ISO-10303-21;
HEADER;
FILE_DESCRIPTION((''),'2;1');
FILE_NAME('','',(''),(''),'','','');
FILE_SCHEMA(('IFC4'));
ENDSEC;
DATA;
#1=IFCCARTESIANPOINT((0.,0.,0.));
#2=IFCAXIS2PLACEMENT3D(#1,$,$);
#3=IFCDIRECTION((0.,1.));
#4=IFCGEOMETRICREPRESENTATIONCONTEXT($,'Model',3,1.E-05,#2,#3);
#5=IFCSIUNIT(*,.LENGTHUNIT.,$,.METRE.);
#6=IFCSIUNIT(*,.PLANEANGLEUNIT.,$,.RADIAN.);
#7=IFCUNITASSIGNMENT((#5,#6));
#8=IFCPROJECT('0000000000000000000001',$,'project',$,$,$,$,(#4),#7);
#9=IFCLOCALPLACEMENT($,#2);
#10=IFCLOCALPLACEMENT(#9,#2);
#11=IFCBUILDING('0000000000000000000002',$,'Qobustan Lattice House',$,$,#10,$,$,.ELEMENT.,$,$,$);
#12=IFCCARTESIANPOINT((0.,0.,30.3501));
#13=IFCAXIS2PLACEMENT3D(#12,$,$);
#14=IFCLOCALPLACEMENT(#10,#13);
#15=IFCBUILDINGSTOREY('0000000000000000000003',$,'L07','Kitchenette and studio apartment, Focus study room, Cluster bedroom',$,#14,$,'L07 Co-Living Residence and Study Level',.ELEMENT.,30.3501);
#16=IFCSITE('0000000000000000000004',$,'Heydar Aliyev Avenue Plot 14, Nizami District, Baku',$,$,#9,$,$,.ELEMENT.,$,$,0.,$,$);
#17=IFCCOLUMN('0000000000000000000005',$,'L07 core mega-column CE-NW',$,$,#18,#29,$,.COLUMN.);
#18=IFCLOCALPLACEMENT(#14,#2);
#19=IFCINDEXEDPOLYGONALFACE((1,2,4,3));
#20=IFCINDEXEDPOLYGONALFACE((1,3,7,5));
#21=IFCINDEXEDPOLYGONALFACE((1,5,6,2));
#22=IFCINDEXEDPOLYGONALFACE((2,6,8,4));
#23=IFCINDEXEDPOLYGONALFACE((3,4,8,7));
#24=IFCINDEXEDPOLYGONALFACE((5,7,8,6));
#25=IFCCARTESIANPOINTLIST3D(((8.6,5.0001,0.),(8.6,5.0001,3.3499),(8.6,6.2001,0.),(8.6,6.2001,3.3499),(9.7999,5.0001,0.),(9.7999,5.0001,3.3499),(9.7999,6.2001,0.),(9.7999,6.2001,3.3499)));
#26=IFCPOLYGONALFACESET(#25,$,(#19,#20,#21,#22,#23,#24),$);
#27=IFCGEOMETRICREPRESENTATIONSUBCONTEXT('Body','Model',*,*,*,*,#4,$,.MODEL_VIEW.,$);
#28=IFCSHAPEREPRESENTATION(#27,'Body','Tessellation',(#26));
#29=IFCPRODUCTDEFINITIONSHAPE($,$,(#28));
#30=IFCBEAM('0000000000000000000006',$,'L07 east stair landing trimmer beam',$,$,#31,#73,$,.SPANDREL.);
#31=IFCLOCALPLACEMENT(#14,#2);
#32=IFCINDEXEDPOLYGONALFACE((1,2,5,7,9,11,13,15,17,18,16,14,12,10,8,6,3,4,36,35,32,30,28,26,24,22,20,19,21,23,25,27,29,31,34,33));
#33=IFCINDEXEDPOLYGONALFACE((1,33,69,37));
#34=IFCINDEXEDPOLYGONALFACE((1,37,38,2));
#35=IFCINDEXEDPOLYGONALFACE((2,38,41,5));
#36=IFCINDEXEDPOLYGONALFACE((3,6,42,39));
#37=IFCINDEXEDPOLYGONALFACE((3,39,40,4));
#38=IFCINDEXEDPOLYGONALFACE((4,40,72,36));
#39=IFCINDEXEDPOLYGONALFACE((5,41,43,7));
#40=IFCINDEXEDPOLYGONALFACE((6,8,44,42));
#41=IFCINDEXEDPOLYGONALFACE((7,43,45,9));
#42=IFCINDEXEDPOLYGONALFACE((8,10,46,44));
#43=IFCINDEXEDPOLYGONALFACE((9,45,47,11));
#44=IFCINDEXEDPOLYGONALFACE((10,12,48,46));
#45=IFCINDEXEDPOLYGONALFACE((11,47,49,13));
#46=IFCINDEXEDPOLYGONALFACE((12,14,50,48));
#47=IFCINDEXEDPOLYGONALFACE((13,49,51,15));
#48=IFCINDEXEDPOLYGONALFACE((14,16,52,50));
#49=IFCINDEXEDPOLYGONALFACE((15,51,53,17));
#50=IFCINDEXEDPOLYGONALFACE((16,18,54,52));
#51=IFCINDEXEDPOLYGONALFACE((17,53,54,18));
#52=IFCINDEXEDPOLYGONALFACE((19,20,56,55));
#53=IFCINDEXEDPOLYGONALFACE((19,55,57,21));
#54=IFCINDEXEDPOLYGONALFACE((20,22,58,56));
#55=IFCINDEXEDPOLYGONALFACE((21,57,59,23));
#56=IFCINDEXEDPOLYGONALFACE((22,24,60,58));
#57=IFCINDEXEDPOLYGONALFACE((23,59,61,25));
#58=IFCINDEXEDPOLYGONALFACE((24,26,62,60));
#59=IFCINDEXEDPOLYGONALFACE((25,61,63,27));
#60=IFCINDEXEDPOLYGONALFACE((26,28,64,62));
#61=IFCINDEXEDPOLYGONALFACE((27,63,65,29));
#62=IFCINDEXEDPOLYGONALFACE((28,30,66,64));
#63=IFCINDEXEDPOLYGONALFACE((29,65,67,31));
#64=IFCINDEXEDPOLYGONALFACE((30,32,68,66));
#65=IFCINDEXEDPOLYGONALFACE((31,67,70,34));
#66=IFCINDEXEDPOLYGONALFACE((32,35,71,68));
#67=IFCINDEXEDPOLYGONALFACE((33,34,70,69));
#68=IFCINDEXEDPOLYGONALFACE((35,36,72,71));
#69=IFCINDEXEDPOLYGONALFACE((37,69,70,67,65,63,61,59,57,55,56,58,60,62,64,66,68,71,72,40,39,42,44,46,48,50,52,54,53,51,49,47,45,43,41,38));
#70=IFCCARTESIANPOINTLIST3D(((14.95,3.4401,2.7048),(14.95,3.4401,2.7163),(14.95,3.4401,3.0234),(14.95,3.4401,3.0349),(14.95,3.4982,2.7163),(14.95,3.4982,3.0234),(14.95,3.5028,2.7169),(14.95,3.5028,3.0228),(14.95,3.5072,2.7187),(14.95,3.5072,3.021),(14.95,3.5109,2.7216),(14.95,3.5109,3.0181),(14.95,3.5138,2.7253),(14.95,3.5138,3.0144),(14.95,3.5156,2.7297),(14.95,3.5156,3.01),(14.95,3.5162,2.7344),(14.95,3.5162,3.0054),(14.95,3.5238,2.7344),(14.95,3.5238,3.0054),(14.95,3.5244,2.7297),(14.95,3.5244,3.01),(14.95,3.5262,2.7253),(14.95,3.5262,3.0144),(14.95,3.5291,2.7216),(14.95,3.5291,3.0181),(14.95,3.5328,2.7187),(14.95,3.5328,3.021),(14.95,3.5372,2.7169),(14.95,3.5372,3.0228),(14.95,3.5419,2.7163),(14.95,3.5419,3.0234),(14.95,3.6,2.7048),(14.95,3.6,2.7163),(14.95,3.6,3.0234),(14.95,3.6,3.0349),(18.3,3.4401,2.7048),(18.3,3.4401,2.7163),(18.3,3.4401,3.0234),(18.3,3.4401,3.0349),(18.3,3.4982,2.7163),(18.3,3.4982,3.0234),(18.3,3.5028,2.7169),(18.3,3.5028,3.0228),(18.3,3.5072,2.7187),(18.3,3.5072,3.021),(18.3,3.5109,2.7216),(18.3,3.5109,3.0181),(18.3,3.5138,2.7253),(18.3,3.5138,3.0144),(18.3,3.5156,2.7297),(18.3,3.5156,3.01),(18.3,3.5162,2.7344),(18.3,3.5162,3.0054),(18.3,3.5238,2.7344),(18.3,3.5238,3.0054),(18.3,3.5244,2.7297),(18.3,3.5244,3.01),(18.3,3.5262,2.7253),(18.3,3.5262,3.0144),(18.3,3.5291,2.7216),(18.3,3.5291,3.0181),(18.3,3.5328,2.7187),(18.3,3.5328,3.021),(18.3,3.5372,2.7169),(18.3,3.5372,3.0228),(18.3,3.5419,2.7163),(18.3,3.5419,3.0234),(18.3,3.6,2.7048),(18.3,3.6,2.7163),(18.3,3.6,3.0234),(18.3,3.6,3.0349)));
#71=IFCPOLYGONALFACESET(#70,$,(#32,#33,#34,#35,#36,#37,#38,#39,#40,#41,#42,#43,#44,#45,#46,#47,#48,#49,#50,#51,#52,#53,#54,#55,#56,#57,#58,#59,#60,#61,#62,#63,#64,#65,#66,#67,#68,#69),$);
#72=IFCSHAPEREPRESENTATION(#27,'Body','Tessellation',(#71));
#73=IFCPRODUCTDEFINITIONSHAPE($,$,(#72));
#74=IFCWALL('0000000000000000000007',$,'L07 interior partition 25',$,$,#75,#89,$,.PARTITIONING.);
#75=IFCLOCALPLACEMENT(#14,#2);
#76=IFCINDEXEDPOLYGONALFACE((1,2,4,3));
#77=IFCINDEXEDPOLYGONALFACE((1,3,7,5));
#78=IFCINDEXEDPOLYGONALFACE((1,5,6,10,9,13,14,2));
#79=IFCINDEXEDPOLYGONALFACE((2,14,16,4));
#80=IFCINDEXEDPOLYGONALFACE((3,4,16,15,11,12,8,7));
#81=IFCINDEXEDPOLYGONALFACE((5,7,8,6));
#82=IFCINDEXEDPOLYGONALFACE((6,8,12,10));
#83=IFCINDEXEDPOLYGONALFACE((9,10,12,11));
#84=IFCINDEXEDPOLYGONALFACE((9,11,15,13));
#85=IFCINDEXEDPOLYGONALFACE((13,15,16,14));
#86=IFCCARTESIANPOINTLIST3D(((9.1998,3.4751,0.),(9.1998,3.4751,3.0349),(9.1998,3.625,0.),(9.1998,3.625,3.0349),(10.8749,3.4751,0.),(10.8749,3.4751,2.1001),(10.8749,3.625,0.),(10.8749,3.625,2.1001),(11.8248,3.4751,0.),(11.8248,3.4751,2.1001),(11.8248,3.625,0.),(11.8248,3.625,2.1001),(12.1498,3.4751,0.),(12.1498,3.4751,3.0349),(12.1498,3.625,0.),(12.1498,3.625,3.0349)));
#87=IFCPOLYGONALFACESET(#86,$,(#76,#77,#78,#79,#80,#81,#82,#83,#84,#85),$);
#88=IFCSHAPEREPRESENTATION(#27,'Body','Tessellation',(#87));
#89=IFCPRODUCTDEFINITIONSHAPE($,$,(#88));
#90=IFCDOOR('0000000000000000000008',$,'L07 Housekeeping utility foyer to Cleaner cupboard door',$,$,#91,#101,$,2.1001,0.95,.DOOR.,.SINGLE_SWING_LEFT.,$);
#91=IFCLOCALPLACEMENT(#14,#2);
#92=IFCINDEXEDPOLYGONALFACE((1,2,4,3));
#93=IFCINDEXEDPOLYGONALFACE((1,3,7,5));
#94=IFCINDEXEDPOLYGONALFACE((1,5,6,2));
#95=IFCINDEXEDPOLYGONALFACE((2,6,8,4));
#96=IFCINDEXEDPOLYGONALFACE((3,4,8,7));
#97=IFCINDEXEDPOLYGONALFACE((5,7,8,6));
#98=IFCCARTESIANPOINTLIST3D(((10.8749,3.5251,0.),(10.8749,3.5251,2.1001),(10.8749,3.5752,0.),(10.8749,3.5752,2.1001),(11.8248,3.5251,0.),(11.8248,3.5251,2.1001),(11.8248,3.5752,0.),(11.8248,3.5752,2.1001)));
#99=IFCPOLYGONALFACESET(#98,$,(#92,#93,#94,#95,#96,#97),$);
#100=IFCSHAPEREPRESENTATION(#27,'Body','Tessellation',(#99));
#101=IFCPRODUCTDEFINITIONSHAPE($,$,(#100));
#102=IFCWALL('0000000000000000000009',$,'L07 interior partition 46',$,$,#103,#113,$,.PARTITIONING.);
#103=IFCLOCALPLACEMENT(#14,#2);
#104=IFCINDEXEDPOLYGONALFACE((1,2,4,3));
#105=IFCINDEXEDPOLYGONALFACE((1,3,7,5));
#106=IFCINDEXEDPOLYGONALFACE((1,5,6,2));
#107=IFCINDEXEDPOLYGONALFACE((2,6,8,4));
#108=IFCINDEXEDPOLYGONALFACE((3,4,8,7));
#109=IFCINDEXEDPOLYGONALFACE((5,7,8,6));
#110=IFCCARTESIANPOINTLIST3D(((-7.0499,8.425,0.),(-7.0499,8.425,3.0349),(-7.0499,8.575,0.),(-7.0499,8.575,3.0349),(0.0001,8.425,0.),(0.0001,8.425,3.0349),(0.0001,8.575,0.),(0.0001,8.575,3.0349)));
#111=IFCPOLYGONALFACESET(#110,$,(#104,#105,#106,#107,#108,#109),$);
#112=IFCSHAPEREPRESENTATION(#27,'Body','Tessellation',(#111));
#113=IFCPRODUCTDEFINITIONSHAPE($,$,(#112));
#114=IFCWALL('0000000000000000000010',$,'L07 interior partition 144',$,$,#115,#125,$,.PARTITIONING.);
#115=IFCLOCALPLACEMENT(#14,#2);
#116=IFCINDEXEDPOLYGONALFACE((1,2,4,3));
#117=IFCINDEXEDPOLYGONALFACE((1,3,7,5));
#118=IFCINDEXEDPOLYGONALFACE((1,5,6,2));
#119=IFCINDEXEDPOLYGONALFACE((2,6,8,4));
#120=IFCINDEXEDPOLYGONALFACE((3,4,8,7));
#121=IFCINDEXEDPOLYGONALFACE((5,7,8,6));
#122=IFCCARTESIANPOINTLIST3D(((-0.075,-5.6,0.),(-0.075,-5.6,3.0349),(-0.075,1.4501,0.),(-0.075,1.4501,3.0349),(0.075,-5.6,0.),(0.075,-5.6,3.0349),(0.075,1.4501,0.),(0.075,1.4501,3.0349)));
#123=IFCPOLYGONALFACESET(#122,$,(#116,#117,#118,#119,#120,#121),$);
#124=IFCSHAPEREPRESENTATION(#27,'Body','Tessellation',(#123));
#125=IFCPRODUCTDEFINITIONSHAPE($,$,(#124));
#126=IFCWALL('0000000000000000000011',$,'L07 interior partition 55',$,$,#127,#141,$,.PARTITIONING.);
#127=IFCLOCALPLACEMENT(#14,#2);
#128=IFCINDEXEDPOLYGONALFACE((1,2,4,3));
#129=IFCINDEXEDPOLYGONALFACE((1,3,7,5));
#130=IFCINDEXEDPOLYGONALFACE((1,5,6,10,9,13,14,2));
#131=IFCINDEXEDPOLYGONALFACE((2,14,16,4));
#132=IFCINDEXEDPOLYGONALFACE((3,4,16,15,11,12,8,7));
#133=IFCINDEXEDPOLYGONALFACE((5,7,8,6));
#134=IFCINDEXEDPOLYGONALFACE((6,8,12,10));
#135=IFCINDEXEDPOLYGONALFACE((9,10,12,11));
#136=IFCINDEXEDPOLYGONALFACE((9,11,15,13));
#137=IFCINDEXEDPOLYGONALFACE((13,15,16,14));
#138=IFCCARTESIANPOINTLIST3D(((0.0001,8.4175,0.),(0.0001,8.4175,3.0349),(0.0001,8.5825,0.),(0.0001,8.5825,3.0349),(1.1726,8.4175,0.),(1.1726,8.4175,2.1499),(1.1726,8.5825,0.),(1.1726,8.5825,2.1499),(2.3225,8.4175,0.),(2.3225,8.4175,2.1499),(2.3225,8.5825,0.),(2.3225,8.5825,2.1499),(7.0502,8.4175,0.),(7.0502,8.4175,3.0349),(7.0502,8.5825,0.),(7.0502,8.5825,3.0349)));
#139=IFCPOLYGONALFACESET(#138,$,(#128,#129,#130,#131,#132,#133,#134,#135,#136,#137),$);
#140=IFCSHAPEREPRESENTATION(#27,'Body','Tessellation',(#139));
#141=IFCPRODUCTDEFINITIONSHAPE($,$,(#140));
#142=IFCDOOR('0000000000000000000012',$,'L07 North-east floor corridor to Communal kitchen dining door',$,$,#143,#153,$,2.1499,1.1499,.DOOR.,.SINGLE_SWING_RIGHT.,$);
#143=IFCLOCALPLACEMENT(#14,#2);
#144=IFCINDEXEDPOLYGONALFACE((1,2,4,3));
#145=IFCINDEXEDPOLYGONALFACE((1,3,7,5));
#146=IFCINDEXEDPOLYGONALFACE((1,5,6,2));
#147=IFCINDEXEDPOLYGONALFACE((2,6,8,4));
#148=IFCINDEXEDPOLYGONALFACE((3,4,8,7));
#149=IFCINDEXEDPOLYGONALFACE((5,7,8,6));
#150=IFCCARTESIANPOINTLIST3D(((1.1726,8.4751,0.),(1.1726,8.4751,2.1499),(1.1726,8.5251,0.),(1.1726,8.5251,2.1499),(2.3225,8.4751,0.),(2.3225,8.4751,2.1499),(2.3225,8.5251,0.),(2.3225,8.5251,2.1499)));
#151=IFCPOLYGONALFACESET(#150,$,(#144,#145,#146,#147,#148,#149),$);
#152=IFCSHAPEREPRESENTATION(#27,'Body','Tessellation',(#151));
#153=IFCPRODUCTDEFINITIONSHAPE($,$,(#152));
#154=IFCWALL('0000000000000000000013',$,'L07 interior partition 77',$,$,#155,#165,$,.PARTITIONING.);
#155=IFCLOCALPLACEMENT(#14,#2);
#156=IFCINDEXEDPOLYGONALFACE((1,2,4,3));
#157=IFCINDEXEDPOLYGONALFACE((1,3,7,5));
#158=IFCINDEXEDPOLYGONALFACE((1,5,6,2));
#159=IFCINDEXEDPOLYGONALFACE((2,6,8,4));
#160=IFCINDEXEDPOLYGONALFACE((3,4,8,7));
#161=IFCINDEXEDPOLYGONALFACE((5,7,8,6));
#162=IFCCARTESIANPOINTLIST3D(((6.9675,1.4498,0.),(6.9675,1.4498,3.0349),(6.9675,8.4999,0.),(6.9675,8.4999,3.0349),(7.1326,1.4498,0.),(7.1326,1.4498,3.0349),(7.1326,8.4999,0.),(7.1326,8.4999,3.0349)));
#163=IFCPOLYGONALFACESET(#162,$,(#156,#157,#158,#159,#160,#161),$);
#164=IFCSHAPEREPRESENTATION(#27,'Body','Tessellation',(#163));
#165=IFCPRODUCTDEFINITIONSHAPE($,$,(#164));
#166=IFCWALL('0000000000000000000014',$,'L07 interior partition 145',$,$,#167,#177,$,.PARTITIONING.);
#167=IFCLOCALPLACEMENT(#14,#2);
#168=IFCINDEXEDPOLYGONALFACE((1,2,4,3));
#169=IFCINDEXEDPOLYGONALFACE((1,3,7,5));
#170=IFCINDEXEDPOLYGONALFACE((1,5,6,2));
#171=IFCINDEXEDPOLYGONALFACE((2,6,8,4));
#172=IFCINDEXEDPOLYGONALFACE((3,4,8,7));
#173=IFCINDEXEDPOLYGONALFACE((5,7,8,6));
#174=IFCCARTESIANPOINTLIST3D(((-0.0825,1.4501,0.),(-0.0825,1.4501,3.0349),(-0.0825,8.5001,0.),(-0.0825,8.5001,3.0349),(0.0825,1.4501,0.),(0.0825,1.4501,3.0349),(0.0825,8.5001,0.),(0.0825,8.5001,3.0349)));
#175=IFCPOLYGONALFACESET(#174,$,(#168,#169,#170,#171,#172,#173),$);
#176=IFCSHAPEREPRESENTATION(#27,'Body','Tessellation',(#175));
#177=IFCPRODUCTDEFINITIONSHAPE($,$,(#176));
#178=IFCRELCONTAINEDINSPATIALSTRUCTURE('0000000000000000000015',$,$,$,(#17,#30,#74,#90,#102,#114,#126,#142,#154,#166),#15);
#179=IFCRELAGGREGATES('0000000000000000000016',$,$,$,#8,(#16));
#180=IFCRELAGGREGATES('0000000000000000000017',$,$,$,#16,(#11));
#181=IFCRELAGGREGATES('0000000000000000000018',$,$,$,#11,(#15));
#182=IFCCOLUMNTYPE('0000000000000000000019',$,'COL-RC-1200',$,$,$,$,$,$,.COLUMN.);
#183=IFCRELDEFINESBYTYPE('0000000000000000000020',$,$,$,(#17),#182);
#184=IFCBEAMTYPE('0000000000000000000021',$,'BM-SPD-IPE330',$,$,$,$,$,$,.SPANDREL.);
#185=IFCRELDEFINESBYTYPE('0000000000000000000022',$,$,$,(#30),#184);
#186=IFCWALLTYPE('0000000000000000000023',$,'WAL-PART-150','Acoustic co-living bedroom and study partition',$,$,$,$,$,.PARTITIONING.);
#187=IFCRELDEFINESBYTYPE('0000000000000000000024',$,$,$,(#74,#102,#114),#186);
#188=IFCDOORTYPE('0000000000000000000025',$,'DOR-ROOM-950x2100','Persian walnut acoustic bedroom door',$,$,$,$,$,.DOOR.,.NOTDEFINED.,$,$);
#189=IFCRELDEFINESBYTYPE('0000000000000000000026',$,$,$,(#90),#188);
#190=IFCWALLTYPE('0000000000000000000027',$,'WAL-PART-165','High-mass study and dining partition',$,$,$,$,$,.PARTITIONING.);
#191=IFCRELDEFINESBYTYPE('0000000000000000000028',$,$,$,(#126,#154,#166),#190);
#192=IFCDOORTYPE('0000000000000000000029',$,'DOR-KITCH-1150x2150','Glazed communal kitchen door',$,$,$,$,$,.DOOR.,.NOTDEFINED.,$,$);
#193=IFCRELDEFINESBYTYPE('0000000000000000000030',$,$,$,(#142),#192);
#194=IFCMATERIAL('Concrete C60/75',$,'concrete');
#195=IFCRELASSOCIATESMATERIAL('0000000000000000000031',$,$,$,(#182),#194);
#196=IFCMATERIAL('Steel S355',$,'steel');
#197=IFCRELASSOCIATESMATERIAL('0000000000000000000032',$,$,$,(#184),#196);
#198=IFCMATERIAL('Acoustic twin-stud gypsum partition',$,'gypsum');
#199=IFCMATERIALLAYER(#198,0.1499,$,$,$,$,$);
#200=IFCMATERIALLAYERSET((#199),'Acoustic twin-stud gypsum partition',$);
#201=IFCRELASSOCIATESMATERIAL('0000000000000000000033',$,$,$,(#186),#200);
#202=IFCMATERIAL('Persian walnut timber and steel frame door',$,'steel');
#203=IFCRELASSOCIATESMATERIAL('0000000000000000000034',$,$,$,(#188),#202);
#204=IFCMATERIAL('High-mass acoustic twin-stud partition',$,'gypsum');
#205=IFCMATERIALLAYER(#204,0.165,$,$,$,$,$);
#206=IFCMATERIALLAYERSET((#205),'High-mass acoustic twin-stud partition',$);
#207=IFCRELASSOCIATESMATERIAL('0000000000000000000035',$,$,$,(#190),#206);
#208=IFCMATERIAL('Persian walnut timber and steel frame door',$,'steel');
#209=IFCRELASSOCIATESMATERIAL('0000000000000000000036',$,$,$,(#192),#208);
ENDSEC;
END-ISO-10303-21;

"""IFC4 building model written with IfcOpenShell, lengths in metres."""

from ifc_helpers import new_model, si_unit, direction, frame, frame_2d, origin, origin_2d, place, context, subcontext, project, spatial, rectangle, i_section, extrude, material, layer, layer_set, material_profile, profile_set, type_object, element, fill, save


model = new_model("IFC4")

# Units and contexts
model_context = context("Model", 3, precision=1e-05, world=origin(), true_north=direction((0.0, 1.0)))
body_context = subcontext(model_context, "Body", "Model", "MODEL_VIEW")
ifc_project = project(units=[si_unit("LENGTHUNIT", "METRE"), si_unit("PLANEANGLEUNIT", "RADIAN")], contexts=[model_context])

# Site, building, storey
site_placement = place(None, origin())
site = spatial("IfcSite", under=ifc_project, at=site_placement, Name="Heydar Aliyev Avenue Plot 14, Nizami District, Baku", CompositionType="ELEMENT", RefElevation=0.0)
building_placement = place(site_placement, origin())
building = spatial("IfcBuilding", under=site, at=building_placement, Name="Qobustan Lattice House", CompositionType="ELEMENT")
storey_placement = place(building_placement, frame((0.0, 0.0, 30.3501)))
storey = spatial("IfcBuildingStorey", under=building, at=storey_placement, Name="L07", Description="Kitchenette and studio apartment, Focus study room, Cluster bedroom", LongName="L07 Co-Living Residence and Study Level", CompositionType="ELEMENT", Elevation=30.3501)

# Column
ifc_material_1 = material(Name="Concrete C60/75", Category="concrete")
ifc_material_profile_1 = material_profile(ifc_material_1, rectangle(XDim=1.2, YDim=1.2, at=origin_2d()), Name="RC1200x1200")
ifc_profile_set_1 = profile_set([ifc_material_profile_1], Name="Concrete C60/75")
column_type = type_object("IfcColumnType", Name="COL-RC-1200", PredefinedType="COLUMN", material=ifc_profile_set_1)
column_placement = place(storey_placement, frame((9.2, 5.6001, 0.0), z_axis=(0.0, 0.0, 1.0), x_axis=(1.0, 0.0, 0.0)))
element("IfcColumn", 1, at=column_placement, inside=storey, type_object=column_type, Name="L07 core mega-column CE-NW", PredefinedType="COLUMN", context=body_context, shape_type="SweptSolid", body=[
    extrude(rectangle(XDim=1.2, YDim=1.2, at=origin_2d()), origin(), (0.0, 0.0, 1.0), 3.3499),
])

# Beam
ifc_material_2 = material(Name="Steel S355", Category="steel")
ifc_material_profile_2 = material_profile(ifc_material_2, i_section(OverallWidth=0.1599, OverallDepth=0.3301, WebThickness=0.0076, FlangeThickness=0.0115, FilletRadius=0.0181, at=origin_2d()), Name="IPE330")
ifc_profile_set_2 = profile_set([ifc_material_profile_2], Name="Steel S355")
beam_type = type_object("IfcBeamType", Name="BM-SPD-IPE330", PredefinedType="SPANDREL", material=ifc_profile_set_2)
beam_placement = place(storey_placement, frame((14.95, 3.52, 2.8699), z_axis=(1.0, 0.0, 0.0), x_axis=(0.0, 1.0, 0.0)))
element("IfcBeam", 2, at=beam_placement, inside=storey, type_object=beam_type, Name="L07 east stair landing trimmer beam", PredefinedType="SPANDREL", context=body_context, shape_type="SweptSolid", body=[
    extrude(i_section(OverallWidth=0.1599, OverallDepth=0.3301, WebThickness=0.0076, FlangeThickness=0.0115, FilletRadius=0.0181, at=origin_2d()), origin(), (0.0, 0.0, 1.0), 3.3501),
])

# Wall, opening, door
ifc_material_3 = material(Name="Acoustic twin-stud gypsum partition", Category="gypsum")
ifc_layer_1 = layer(ifc_material_3, 0.1499)
ifc_layer_set_1 = layer_set([ifc_layer_1], Name="Acoustic twin-stud gypsum partition")
wall_type_1 = type_object("IfcWallType", Name="WAL-PART-150", Description="Acoustic co-living bedroom and study partition", PredefinedType="PARTITIONING", material=ifc_layer_set_1)
wall_1_placement = place(storey_placement, frame((12.1499, 3.55, 0.0), z_axis=(0.0, 0.0, 1.0), x_axis=(-1.0, 0.0, 0.0)))
wall_1 = element("IfcWall", 3, at=wall_1_placement, inside=storey, type_object=wall_type_1, Name="L07 interior partition 25", PredefinedType="PARTITIONING", context=body_context, shape_type="SweptSolid", body=[
    extrude(rectangle(XDim=2.95, YDim=0.1499, at=frame_2d((1.4751, 0.0))), origin(), (0.0, 0.0, 1.0), 3.0349),
])
opening_1_placement = place(wall_1_placement, frame((0.325, 0.0, 0.0)))
opening_1 = element("IfcOpeningElement", 4, at=opening_1_placement, cuts=wall_1, PredefinedType="OPENING", context=body_context, shape_type="SweptSolid", body=[
    extrude(rectangle(XDim=0.95, YDim=2.1001, at=frame_2d((0.4751, 1.05))), frame((0.0, 0.085, 0.0), z_axis=(0.0, -1.0, 0.0), x_axis=(1.0, 0.0, 0.0)), (0.0, 0.0, 1.0), 0.1699),
])
ifc_material_4 = material(Name="Persian walnut timber and steel frame door", Category="steel")
door_type_1 = type_object("IfcDoorType", Name="DOR-ROOM-950x2100", Description="Persian walnut acoustic bedroom door", OperationType="NOTDEFINED", PredefinedType="DOOR", material=ifc_material_4)
door_1_placement = place(opening_1_placement, origin())
door_1 = element("IfcDoor", 5, at=door_1_placement, inside=storey, type_object=door_type_1, Name="L07 Housekeeping utility foyer to Cleaner cupboard door", OperationType="SINGLE_SWING_LEFT", OverallHeight=2.1001, OverallWidth=0.95, PredefinedType="DOOR", context=body_context, shape_type="SweptSolid", body=[
    extrude(rectangle(XDim=0.95, YDim=2.1001, at=frame_2d((0.4751, 1.05))), frame((0.0, 0.0249, 0.0), z_axis=(0.0, -1.0, 0.0), x_axis=(1.0, 0.0, 0.0)), (0.0, 0.0, 1.0), 0.05),
])
fill(opening_1, door_1)

# Walls
for number, where, z_axis, x_axis, name in (
    (6, (0.0, 8.5, 0.0), (0.0, 0.0, 1.0), (-1.0, 0.0, 0.0), "L07 interior partition 46"),
    (7, (0.0, 1.45, 0.0), (0.0, 0.0, 1.0), (0.0, -1.0, 0.0), "L07 interior partition 144"),
):
    element("IfcWall", number, at=place(storey_placement, frame(where, z_axis=z_axis, x_axis=x_axis)), inside=storey, type_object=wall_type_1, Name=name, PredefinedType="PARTITIONING", context=body_context, shape_type="SweptSolid", body=[
        extrude(rectangle(XDim=7.05, YDim=0.1499, at=frame_2d((3.5249, 0.0))), origin(), (0.0, 0.0, 1.0), 3.0349),
    ])

# Wall, opening, door
ifc_material_5 = material(Name="High-mass acoustic twin-stud partition", Category="gypsum")
ifc_layer_2 = layer(ifc_material_5, 0.165)
ifc_layer_set_2 = layer_set([ifc_layer_2], Name="High-mass acoustic twin-stud partition")
wall_type_2 = type_object("IfcWallType", Name="WAL-PART-165", Description="High-mass study and dining partition", PredefinedType="PARTITIONING", material=ifc_layer_set_2)
wall_2_placement = place(storey_placement, frame((7.05, 8.5, 0.0), z_axis=(0.0, 0.0, 1.0), x_axis=(-1.0, 0.0, 0.0)))
wall_2 = element("IfcWall", 8, at=wall_2_placement, inside=storey, type_object=wall_type_2, Name="L07 interior partition 55", PredefinedType="PARTITIONING", context=body_context, shape_type="SweptSolid", body=[
    extrude(rectangle(XDim=7.05, YDim=0.165, at=frame_2d((3.5249, 0.0))), origin(), (0.0, 0.0, 1.0), 3.0349),
])
opening_2_placement = place(wall_2_placement, frame((4.7275, 0.0, 0.0)))
opening_2 = element("IfcOpeningElement", 9, at=opening_2_placement, cuts=wall_2, PredefinedType="OPENING", context=body_context, shape_type="SweptSolid", body=[
    extrude(rectangle(XDim=1.1499, YDim=2.1499, at=frame_2d((0.575, 1.075))), frame((0.0, 0.0925, 0.0), z_axis=(0.0, -1.0, 0.0), x_axis=(1.0, 0.0, 0.0)), (0.0, 0.0, 1.0), 0.1851),
])
ifc_material_6 = material(Name="Persian walnut timber and steel frame door", Category="steel")
door_type_2 = type_object("IfcDoorType", Name="DOR-KITCH-1150x2150", Description="Glazed communal kitchen door", OperationType="NOTDEFINED", PredefinedType="DOOR", material=ifc_material_6)
door_2_placement = place(opening_2_placement, origin())
door_2 = element("IfcDoor", 10, at=door_2_placement, inside=storey, type_object=door_type_2, Name="L07 North-east floor corridor to Communal kitchen dining door", OperationType="SINGLE_SWING_RIGHT", OverallHeight=2.1499, OverallWidth=1.1499, PredefinedType="DOOR", context=body_context, shape_type="SweptSolid", body=[
    extrude(rectangle(XDim=1.1499, YDim=2.1499, at=frame_2d((0.575, 1.075))), frame((0.0, 0.0249, 0.0), z_axis=(0.0, -1.0, 0.0), x_axis=(1.0, 0.0, 0.0)), (0.0, 0.0, 1.0), 0.05),
])
fill(opening_2, door_2)

# Walls
for number, where, z_axis, x_axis, name in (
    (11, (7.05, 1.45, 0.0), (0.0, 0.0, 1.0), (0.0, 1.0, 0.0), "L07 interior partition 77"),
    (12, (0.0, 8.5, 0.0), (0.0, 0.0, 1.0), (0.0, -1.0, 0.0), "L07 interior partition 145"),
):
    element("IfcWall", number, at=place(storey_placement, frame(where, z_axis=z_axis, x_axis=x_axis)), inside=storey, type_object=wall_type_2, Name=name, PredefinedType="PARTITIONING", context=body_context, shape_type="SweptSolid", body=[
        extrude(rectangle(XDim=7.05, YDim=0.165, at=frame_2d((3.5249, 0.0))), origin(), (0.0, 0.0, 1.0), 3.0349),
    ])

save(model, "model.ifc")
